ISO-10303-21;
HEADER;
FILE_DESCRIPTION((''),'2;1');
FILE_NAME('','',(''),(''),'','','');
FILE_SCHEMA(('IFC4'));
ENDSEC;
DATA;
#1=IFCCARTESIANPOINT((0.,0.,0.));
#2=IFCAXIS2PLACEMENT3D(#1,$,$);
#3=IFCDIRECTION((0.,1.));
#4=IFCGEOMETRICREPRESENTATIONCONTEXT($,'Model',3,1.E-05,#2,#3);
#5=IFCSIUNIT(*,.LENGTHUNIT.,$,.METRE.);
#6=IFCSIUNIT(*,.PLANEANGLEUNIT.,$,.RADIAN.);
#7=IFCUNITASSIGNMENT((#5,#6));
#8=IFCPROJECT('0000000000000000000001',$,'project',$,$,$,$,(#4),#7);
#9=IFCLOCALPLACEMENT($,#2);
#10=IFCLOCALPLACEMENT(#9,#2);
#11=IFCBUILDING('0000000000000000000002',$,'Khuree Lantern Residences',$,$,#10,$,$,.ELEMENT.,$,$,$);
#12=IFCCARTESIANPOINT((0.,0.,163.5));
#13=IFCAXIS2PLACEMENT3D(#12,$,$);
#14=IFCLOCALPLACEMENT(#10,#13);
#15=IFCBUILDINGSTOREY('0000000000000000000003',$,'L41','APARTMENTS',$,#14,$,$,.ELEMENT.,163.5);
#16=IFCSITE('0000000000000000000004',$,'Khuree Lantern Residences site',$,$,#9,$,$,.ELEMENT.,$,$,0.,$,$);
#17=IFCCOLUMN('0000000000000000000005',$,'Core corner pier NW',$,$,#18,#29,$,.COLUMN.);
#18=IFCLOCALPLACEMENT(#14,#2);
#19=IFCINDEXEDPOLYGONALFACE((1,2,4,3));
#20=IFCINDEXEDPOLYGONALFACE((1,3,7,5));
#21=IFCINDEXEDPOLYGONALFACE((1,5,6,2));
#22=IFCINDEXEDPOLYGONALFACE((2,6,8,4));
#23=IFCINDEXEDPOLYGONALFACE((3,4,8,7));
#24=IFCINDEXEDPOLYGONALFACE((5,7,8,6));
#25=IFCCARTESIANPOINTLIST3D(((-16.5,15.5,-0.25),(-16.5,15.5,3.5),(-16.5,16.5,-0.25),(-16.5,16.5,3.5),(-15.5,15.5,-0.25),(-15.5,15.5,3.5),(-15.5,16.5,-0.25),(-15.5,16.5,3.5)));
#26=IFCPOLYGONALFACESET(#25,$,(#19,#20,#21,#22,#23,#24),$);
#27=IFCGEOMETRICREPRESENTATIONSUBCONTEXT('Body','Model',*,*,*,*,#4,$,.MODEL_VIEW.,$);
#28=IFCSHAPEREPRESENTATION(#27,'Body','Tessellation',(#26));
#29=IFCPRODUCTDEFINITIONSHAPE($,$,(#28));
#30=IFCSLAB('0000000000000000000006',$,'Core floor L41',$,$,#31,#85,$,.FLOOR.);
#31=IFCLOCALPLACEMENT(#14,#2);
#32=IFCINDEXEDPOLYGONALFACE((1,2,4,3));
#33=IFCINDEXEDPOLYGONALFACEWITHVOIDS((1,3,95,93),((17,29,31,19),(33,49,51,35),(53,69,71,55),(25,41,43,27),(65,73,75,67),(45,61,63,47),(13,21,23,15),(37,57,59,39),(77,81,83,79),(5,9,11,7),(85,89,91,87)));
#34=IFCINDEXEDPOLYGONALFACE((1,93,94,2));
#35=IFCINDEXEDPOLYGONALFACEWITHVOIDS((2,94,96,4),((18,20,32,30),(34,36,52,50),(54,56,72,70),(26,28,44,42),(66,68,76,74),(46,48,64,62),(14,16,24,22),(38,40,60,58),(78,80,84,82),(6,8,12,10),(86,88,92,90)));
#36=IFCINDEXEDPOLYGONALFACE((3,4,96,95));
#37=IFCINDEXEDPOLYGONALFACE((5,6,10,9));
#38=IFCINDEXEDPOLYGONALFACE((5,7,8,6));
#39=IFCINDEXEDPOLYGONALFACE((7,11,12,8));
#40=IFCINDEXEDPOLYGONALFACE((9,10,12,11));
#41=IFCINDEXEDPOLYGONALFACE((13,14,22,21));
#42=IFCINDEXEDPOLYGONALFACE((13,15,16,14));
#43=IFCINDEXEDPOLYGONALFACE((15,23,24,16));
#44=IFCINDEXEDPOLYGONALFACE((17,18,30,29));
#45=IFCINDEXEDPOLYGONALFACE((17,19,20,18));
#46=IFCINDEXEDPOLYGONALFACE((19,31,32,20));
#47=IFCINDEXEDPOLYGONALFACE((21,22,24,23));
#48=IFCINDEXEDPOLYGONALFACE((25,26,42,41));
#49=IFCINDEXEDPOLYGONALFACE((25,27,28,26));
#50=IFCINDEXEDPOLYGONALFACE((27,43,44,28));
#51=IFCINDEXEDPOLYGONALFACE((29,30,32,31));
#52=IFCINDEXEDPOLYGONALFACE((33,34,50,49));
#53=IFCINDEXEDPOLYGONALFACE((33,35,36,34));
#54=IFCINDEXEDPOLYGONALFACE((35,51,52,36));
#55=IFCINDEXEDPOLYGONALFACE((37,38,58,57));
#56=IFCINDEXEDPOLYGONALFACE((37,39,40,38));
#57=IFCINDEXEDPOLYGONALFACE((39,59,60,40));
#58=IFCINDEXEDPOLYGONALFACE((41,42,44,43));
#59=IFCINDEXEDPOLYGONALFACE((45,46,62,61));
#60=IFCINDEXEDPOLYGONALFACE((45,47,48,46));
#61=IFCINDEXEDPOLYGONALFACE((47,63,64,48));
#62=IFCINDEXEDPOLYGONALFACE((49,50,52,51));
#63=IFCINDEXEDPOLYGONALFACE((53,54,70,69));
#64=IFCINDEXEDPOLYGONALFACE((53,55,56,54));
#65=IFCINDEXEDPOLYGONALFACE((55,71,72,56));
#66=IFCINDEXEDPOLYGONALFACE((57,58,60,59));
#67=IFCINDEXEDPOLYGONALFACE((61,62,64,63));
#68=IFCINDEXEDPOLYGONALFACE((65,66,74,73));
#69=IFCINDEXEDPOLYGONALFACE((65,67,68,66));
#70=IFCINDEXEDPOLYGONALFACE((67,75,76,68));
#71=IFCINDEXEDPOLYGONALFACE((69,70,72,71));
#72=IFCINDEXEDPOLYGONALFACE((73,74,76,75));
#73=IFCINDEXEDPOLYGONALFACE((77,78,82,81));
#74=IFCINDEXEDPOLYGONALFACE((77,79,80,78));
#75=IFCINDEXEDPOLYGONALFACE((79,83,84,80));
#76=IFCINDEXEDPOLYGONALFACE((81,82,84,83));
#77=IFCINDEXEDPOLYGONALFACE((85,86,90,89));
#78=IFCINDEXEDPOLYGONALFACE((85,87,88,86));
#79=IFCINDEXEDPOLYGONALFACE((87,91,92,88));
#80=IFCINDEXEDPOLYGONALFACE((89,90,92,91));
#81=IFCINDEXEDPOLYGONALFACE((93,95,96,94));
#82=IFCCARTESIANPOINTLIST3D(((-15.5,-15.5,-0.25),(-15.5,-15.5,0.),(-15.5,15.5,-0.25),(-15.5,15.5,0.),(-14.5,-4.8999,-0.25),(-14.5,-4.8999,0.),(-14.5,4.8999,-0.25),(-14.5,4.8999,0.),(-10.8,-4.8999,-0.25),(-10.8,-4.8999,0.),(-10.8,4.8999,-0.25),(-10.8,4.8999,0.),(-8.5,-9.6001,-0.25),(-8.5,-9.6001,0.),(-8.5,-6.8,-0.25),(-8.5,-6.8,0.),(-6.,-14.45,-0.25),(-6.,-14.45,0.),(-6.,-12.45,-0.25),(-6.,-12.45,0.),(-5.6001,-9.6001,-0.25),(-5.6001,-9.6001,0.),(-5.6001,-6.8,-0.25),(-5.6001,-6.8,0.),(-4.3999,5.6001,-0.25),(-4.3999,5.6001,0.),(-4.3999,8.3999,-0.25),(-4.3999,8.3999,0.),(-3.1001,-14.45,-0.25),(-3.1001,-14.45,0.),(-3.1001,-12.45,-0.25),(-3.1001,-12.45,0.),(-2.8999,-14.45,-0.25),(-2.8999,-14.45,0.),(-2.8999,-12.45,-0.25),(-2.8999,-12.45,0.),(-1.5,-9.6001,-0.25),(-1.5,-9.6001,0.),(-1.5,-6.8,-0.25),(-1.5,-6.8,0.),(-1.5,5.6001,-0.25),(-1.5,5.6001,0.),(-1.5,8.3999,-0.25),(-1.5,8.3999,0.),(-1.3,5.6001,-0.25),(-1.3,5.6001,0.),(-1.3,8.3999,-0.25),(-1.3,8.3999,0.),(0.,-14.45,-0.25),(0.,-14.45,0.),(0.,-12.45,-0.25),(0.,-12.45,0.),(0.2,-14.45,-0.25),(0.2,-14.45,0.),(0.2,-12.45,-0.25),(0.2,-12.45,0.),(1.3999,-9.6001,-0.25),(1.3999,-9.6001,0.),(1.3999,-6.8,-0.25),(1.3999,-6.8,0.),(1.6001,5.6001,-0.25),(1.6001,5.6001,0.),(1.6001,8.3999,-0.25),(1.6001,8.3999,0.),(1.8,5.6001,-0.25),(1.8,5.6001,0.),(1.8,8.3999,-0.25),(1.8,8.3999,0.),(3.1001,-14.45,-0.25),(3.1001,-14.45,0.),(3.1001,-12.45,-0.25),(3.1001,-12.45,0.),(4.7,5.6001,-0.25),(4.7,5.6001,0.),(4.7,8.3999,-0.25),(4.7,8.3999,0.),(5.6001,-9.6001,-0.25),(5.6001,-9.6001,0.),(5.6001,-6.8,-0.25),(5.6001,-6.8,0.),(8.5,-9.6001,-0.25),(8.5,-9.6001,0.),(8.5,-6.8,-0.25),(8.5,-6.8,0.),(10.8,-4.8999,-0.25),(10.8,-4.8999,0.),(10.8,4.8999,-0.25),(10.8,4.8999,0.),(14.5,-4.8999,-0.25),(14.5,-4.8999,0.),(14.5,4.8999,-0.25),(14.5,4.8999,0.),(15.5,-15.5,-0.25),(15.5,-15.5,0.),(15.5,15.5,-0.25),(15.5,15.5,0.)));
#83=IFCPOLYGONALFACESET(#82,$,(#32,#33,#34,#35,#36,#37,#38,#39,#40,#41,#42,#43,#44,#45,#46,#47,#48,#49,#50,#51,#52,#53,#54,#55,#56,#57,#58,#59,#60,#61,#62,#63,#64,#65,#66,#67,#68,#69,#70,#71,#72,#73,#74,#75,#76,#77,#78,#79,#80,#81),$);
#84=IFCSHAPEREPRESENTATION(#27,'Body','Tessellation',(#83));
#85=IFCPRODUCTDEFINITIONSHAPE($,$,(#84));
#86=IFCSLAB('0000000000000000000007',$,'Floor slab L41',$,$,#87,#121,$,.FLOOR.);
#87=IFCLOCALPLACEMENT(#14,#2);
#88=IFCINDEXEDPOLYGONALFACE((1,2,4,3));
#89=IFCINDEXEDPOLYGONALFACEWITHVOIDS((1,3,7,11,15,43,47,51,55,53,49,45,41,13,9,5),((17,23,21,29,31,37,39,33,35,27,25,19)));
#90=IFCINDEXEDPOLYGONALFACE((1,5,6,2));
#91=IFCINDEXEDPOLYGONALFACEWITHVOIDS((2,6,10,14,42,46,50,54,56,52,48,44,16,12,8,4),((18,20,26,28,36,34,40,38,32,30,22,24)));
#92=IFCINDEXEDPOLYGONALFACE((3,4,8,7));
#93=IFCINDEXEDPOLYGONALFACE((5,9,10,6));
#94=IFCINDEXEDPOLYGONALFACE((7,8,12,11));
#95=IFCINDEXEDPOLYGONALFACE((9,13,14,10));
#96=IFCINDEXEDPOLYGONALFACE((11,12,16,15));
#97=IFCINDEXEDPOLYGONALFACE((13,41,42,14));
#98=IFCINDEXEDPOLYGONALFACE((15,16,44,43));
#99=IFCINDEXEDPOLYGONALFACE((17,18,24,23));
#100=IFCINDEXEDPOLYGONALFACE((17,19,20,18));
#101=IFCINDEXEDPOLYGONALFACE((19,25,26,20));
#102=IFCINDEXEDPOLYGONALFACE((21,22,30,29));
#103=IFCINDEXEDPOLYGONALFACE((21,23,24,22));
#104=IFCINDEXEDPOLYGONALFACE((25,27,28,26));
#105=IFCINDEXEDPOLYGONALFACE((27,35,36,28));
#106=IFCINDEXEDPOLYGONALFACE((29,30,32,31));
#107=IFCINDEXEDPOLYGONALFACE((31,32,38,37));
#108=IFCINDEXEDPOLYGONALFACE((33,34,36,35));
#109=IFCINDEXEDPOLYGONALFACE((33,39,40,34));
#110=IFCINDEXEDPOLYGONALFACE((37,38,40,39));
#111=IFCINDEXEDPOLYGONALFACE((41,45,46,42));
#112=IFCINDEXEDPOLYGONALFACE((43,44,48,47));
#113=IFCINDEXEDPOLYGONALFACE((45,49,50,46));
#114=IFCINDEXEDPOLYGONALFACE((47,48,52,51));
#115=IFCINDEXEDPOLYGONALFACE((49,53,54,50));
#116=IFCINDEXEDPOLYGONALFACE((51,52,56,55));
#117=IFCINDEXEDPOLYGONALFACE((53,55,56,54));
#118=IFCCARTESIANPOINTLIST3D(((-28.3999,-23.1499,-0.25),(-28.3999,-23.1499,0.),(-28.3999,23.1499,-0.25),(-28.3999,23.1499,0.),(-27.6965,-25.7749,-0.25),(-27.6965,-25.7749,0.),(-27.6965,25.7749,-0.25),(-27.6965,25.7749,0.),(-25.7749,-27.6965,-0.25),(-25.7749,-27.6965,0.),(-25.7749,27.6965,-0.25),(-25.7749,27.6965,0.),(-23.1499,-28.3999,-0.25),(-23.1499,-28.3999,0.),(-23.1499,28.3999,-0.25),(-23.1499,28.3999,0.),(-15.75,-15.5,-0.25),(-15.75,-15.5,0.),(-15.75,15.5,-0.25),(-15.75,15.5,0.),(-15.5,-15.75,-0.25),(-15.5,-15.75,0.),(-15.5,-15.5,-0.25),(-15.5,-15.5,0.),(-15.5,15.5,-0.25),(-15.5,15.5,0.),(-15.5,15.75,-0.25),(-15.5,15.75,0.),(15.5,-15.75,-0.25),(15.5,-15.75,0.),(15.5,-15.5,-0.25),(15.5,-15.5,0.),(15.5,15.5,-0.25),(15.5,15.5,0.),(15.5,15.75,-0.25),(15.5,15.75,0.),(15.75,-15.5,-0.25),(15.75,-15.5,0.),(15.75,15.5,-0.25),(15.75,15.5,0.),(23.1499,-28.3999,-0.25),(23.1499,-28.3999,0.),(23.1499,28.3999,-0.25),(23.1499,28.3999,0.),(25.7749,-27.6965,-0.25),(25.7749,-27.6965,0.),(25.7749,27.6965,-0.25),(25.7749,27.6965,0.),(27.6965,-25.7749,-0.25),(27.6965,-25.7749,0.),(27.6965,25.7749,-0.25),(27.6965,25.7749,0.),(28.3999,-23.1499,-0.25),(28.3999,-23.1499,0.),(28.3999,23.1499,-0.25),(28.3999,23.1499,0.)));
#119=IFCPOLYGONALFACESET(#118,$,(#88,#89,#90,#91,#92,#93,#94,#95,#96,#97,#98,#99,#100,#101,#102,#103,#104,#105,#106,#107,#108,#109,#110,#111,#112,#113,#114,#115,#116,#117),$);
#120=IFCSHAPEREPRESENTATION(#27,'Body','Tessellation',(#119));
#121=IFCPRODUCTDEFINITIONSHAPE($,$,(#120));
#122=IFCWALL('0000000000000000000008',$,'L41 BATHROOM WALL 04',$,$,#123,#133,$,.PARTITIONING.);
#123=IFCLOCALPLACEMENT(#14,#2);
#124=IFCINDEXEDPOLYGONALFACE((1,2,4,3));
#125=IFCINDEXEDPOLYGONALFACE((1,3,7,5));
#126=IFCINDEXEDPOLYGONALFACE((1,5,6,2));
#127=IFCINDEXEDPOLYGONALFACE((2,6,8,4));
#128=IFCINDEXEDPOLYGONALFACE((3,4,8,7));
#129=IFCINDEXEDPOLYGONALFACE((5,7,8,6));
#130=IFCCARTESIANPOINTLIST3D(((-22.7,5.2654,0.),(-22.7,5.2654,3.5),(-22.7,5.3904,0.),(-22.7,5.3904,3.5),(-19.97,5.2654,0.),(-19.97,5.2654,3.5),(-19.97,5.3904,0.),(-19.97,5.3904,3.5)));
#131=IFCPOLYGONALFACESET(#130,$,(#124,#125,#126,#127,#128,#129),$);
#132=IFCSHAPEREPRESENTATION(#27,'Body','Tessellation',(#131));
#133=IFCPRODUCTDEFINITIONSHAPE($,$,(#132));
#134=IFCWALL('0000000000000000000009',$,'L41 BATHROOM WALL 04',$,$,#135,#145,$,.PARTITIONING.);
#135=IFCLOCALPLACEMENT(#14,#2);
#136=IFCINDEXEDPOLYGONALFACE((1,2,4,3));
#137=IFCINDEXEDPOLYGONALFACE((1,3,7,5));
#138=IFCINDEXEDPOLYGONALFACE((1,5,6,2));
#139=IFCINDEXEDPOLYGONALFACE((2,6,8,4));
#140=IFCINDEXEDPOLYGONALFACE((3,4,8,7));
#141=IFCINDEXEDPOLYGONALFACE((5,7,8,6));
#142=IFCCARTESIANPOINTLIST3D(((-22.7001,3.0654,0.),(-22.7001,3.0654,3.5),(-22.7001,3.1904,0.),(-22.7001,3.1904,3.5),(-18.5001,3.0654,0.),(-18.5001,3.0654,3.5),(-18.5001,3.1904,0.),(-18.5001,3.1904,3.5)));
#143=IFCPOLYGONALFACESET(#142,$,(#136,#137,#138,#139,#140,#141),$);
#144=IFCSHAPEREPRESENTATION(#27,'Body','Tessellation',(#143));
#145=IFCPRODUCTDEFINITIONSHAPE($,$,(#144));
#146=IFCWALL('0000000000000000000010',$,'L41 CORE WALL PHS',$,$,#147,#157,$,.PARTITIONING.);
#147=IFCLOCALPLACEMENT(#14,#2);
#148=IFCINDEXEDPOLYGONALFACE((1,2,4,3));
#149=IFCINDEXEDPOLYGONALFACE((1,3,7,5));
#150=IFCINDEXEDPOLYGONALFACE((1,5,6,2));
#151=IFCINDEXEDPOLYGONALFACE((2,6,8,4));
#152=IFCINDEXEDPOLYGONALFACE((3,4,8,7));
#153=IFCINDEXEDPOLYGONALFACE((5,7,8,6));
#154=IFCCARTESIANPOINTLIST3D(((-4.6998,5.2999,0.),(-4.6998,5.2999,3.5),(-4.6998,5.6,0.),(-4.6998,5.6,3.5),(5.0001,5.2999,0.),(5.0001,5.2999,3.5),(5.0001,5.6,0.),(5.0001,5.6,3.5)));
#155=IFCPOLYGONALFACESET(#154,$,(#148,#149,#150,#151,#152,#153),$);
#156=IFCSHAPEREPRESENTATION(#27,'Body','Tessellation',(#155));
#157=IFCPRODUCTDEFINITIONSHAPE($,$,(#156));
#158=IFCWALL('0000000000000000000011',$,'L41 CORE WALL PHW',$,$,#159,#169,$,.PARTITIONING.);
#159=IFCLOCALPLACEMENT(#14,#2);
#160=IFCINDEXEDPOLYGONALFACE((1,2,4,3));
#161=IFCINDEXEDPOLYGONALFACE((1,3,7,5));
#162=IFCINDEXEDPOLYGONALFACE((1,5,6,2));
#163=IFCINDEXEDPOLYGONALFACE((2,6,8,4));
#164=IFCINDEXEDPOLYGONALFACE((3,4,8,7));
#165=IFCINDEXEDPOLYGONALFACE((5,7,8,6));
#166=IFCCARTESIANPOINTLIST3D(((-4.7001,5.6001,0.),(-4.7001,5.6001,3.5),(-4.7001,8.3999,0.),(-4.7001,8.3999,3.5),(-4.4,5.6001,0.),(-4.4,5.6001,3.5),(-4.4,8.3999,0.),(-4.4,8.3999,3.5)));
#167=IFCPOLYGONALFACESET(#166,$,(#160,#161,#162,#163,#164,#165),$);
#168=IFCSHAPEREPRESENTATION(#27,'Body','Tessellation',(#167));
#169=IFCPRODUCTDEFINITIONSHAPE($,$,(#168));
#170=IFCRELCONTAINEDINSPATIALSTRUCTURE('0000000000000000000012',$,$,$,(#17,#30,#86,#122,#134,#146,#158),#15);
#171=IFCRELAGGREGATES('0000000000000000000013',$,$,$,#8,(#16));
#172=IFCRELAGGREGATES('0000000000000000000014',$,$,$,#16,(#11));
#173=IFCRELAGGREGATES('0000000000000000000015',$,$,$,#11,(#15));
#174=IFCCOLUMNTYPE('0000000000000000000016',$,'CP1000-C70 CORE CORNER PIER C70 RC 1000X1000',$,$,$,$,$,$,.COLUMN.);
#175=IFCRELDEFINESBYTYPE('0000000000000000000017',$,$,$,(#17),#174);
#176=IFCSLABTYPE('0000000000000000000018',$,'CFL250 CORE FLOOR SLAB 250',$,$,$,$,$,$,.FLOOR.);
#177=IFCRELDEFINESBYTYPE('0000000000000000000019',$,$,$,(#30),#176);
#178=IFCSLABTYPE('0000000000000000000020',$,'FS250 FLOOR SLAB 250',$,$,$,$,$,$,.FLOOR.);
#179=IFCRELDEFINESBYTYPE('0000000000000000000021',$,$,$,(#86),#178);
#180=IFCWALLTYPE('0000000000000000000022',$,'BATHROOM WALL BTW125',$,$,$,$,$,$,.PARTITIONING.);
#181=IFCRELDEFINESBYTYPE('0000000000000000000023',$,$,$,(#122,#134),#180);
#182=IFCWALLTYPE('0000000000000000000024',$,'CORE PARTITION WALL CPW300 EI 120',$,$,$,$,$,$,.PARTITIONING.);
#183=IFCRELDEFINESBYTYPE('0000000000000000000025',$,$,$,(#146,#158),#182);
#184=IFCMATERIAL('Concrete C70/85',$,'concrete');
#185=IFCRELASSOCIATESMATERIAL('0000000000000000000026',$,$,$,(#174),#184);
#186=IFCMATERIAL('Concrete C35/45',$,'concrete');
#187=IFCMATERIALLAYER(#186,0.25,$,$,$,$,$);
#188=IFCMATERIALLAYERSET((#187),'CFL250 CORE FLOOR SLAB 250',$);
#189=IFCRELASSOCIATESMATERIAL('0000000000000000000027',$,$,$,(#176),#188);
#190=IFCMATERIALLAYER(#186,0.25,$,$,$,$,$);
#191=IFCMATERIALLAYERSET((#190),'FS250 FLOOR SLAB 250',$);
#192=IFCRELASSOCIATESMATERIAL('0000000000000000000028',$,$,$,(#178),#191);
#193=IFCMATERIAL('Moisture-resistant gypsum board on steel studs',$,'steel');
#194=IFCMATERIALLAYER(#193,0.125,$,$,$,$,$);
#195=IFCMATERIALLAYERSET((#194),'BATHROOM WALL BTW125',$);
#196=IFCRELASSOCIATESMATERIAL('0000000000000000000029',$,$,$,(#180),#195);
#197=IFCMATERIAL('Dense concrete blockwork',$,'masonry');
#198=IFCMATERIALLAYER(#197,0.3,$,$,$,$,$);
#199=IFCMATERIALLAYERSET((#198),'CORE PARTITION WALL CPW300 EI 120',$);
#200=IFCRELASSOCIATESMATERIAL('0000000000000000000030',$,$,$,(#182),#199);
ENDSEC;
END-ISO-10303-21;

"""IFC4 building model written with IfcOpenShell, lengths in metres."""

from ifc_helpers import new_model, si_unit, direction, frame, frame_2d, origin, origin_2d, place, context, subcontext, project, spatial, polyline, rectangle, outline, extrude, material, layer, layer_set, material_profile, profile_set, type_object, element, save


model = new_model("IFC4")

# Units and contexts
model_context = context("Model", 3, precision=1e-05, world=origin(), true_north=direction((0.0, 1.0)))
body_context = subcontext(model_context, "Body", "Model", "MODEL_VIEW")
ifc_project = project(units=[si_unit("LENGTHUNIT", "METRE"), si_unit("PLANEANGLEUNIT", "RADIAN")], contexts=[model_context])

# Site, building, storey
site_placement = place(None, origin())
site = spatial("IfcSite", under=ifc_project, at=site_placement, Name="Khuree Lantern Residences site", CompositionType="ELEMENT", RefElevation=0.0)
building_placement = place(site_placement, origin())
building = spatial("IfcBuilding", under=site, at=building_placement, Name="Khuree Lantern Residences", CompositionType="ELEMENT")
storey_placement = place(building_placement, frame((0.0, 0.0, 163.5)))
storey = spatial("IfcBuildingStorey", under=building, at=storey_placement, Name="L41", Description="APARTMENTS", CompositionType="ELEMENT", Elevation=163.5)

# Column
ifc_material_1 = material(Name="Concrete C70/85", Category="concrete")
ifc_material_profile = material_profile(ifc_material_1, rectangle(XDim=1.0, YDim=1.0, at=origin_2d()), Name="RC 1000X1000")
ifc_profile_set = profile_set([ifc_material_profile], Name="Concrete C70/85")
column_type = type_object("IfcColumnType", Name="CP1000-C70 CORE CORNER PIER C70 RC 1000X1000", PredefinedType="COLUMN", material=ifc_profile_set)
column_placement = place(storey_placement, frame((-16.0, 16.0, -0.25), z_axis=(0.0, 0.0, 1.0), x_axis=(1.0, 0.0, 0.0)))
element("IfcColumn", 1, at=column_placement, inside=storey, type_object=column_type, Name="Core corner pier NW", PredefinedType="COLUMN", context=body_context, shape_type="SweptSolid", body=[
    extrude(rectangle(XDim=1.0, YDim=1.0, at=origin_2d()), origin(), (0.0, 0.0, 1.0), 3.75),
])

# Slabs
ifc_material_2 = material(Name="Concrete C35/45", Category="concrete")
ifc_layer_1 = layer(ifc_material_2, 0.25)
ifc_layer_set_1 = layer_set([ifc_layer_1], Name="CFL250 CORE FLOOR SLAB 250")
slab_type_1 = type_object("IfcSlabType", Name="CFL250 CORE FLOOR SLAB 250", PredefinedType="FLOOR", material=ifc_layer_set_1)
slab_1_placement = place(storey_placement, frame((0.0, 0.0, -0.25)))
element("IfcSlab", 2, at=slab_1_placement, inside=storey, type_object=slab_type_1, Name="Core floor L41", PredefinedType="FLOOR", context=body_context, shape_type="SweptSolid", body=[
    extrude(outline(polyline([(-15.5, -15.5), (-15.5, 15.5), (15.5, 15.5), (15.5, -15.5), (-15.5, -15.5)]), holes=[polyline([(10.8, 4.8999), (10.8, -4.8999), (14.5, -4.8999), (14.5, 4.8999), (10.8, 4.8999)]), polyline([(8.5, -6.8), (5.6001, -6.8), (5.6001, -9.6001), (8.5, -9.6001), (8.5, -6.8)]), polyline([(4.7, 8.3999), (1.8, 8.3999), (1.8, 5.6001), (4.7, 5.6001), (4.7, 8.3999)]), polyline([(3.1001, -12.45), (0.2, -12.45), (0.2, -14.45), (3.1001, -14.45), (3.1001, -12.45)]), polyline([(1.6001, 8.3999), (-1.3, 8.3999), (-1.3, 5.6001), (1.6001, 5.6001), (1.6001, 8.3999)]), polyline([(1.3999, -6.8), (-1.5, -6.8), (-1.5, -9.6001), (1.3999, -9.6001), (1.3999, -6.8)]), polyline([(-2.8999, -12.45), (-2.8999, -14.45), (0.0, -14.45), (0.0, -12.45), (-2.8999, -12.45)]), polyline([(-4.3999, 8.3999), (-4.3999, 5.6001), (-1.5, 5.6001), (-1.5, 8.3999), (-4.3999, 8.3999)]), polyline([(-6.0, -12.45), (-6.0, -14.45), (-3.1001, -14.45), (-3.1001, -12.45), (-6.0, -12.45)]), polyline([(-8.5, -6.8), (-8.5, -9.6001), (-5.6001, -9.6001), (-5.6001, -6.8), (-8.5, -6.8)]), polyline([(-10.8, 4.8999), (-14.5, 4.8999), (-14.5, -4.8999), (-10.8, -4.8999), (-10.8, 4.8999)])]), origin(), (0.0, 0.0, 1.0), 0.25),
])
ifc_layer_2 = layer(ifc_material_2, 0.25)
ifc_layer_set_2 = layer_set([ifc_layer_2], Name="FS250 FLOOR SLAB 250")
slab_type_2 = type_object("IfcSlabType", Name="FS250 FLOOR SLAB 250", PredefinedType="FLOOR", material=ifc_layer_set_2)
slab_2_placement = place(storey_placement, frame((0.0, 0.0, -0.25)))
element("IfcSlab", 3, at=slab_2_placement, inside=storey, type_object=slab_type_2, Name="Floor slab L41", PredefinedType="FLOOR", context=body_context, shape_type="SweptSolid", body=[
    extrude(outline(polyline([(-25.7749, -27.6965), (-27.6965, -25.7749), (-28.3999, -23.1499), (-28.3999, 23.1499), (-27.6965, 25.7749), (-25.7749, 27.6965), (-23.1499, 28.3999), (23.1499, 28.3999), (25.7749, 27.6965), (27.6965, 25.7749), (28.3999, 23.1499), (28.3999, -23.1499), (27.6965, -25.7749), (25.7749, -27.6965), (23.1499, -28.3999), (-23.1499, -28.3999), (-25.7749, -27.6965)]), holes=[polyline([(15.75, 15.5), (15.5, 15.5), (15.5, 15.75), (-15.5, 15.75), (-15.5, 15.5), (-15.75, 15.5), (-15.75, -15.5), (-15.5, -15.5), (-15.5, -15.75), (15.5, -15.75), (15.5, -15.5), (15.75, -15.5), (15.75, 15.5)])]), origin(), (0.0, 0.0, 1.0), 0.25),
])

# Walls
ifc_material_3 = material(Name="Moisture-resistant gypsum board on steel studs", Category="steel")
ifc_layer_3 = layer(ifc_material_3, 0.125)
ifc_layer_set_3 = layer_set([ifc_layer_3], Name="BATHROOM WALL BTW125")
wall_type_1 = type_object("IfcWallType", Name="BATHROOM WALL BTW125", PredefinedType="PARTITIONING", material=ifc_layer_set_3)
wall_1_placement = place(storey_placement, frame((-19.97, 5.3279, 0.0), z_axis=(0.0, 0.0, 1.0), x_axis=(-1.0, 0.0, 0.0)))
element("IfcWall", 4, at=wall_1_placement, inside=storey, type_object=wall_type_1, Name="L41 BATHROOM WALL 04", PredefinedType="PARTITIONING", context=body_context, shape_type="SweptSolid", body=[
    extrude(rectangle(XDim=2.73, YDim=0.125, at=frame_2d((1.365, 0.0))), origin(), (0.0, 0.0, 1.0), 3.5),
])
wall_2_placement = place(storey_placement, frame((-18.5, 3.1279, 0.0), z_axis=(0.0, 0.0, 1.0), x_axis=(-1.0, 0.0, 0.0)))
element("IfcWall", 5, at=wall_2_placement, inside=storey, type_object=wall_type_1, Name="L41 BATHROOM WALL 04", PredefinedType="PARTITIONING", context=body_context, shape_type="SweptSolid", body=[
    extrude(rectangle(XDim=4.2, YDim=0.125, at=frame_2d((2.1001, 0.0))), origin(), (0.0, 0.0, 1.0), 3.5),
])
ifc_material_4 = material(Name="Dense concrete blockwork", Category="masonry")
ifc_layer_4 = layer(ifc_material_4, 0.3)
ifc_layer_set_4 = layer_set([ifc_layer_4], Name="CORE PARTITION WALL CPW300 EI 120")
wall_type_2 = type_object("IfcWallType", Name="CORE PARTITION WALL CPW300 EI 120", PredefinedType="PARTITIONING", material=ifc_layer_set_4)
wall_3_placement = place(storey_placement, frame((-4.7, 5.45, 0.0), z_axis=(0.0, 0.0, 1.0), x_axis=(1.0, 0.0, 0.0)))
element("IfcWall", 6, at=wall_3_placement, inside=storey, type_object=wall_type_2, Name="L41 CORE WALL PHS", PredefinedType="PARTITIONING", context=body_context, shape_type="SweptSolid", body=[
    extrude(rectangle(XDim=9.7, YDim=0.3, at=frame_2d((4.8501, 0.0))), origin(), (0.0, 0.0, 1.0), 3.5),
])
wall_4_placement = place(storey_placement, frame((-4.55, 5.6001, 0.0), z_axis=(0.0, 0.0, 1.0), x_axis=(0.0, 1.0, 0.0)))
element("IfcWall", 7, at=wall_4_placement, inside=storey, type_object=wall_type_2, Name="L41 CORE WALL PHW", PredefinedType="PARTITIONING", context=body_context, shape_type="SweptSolid", body=[
    extrude(rectangle(XDim=2.7998, YDim=0.3, at=frame_2d((1.3999, 0.0))), origin(), (0.0, 0.0, 1.0), 3.5),
])

save(model, "model.ifc")
